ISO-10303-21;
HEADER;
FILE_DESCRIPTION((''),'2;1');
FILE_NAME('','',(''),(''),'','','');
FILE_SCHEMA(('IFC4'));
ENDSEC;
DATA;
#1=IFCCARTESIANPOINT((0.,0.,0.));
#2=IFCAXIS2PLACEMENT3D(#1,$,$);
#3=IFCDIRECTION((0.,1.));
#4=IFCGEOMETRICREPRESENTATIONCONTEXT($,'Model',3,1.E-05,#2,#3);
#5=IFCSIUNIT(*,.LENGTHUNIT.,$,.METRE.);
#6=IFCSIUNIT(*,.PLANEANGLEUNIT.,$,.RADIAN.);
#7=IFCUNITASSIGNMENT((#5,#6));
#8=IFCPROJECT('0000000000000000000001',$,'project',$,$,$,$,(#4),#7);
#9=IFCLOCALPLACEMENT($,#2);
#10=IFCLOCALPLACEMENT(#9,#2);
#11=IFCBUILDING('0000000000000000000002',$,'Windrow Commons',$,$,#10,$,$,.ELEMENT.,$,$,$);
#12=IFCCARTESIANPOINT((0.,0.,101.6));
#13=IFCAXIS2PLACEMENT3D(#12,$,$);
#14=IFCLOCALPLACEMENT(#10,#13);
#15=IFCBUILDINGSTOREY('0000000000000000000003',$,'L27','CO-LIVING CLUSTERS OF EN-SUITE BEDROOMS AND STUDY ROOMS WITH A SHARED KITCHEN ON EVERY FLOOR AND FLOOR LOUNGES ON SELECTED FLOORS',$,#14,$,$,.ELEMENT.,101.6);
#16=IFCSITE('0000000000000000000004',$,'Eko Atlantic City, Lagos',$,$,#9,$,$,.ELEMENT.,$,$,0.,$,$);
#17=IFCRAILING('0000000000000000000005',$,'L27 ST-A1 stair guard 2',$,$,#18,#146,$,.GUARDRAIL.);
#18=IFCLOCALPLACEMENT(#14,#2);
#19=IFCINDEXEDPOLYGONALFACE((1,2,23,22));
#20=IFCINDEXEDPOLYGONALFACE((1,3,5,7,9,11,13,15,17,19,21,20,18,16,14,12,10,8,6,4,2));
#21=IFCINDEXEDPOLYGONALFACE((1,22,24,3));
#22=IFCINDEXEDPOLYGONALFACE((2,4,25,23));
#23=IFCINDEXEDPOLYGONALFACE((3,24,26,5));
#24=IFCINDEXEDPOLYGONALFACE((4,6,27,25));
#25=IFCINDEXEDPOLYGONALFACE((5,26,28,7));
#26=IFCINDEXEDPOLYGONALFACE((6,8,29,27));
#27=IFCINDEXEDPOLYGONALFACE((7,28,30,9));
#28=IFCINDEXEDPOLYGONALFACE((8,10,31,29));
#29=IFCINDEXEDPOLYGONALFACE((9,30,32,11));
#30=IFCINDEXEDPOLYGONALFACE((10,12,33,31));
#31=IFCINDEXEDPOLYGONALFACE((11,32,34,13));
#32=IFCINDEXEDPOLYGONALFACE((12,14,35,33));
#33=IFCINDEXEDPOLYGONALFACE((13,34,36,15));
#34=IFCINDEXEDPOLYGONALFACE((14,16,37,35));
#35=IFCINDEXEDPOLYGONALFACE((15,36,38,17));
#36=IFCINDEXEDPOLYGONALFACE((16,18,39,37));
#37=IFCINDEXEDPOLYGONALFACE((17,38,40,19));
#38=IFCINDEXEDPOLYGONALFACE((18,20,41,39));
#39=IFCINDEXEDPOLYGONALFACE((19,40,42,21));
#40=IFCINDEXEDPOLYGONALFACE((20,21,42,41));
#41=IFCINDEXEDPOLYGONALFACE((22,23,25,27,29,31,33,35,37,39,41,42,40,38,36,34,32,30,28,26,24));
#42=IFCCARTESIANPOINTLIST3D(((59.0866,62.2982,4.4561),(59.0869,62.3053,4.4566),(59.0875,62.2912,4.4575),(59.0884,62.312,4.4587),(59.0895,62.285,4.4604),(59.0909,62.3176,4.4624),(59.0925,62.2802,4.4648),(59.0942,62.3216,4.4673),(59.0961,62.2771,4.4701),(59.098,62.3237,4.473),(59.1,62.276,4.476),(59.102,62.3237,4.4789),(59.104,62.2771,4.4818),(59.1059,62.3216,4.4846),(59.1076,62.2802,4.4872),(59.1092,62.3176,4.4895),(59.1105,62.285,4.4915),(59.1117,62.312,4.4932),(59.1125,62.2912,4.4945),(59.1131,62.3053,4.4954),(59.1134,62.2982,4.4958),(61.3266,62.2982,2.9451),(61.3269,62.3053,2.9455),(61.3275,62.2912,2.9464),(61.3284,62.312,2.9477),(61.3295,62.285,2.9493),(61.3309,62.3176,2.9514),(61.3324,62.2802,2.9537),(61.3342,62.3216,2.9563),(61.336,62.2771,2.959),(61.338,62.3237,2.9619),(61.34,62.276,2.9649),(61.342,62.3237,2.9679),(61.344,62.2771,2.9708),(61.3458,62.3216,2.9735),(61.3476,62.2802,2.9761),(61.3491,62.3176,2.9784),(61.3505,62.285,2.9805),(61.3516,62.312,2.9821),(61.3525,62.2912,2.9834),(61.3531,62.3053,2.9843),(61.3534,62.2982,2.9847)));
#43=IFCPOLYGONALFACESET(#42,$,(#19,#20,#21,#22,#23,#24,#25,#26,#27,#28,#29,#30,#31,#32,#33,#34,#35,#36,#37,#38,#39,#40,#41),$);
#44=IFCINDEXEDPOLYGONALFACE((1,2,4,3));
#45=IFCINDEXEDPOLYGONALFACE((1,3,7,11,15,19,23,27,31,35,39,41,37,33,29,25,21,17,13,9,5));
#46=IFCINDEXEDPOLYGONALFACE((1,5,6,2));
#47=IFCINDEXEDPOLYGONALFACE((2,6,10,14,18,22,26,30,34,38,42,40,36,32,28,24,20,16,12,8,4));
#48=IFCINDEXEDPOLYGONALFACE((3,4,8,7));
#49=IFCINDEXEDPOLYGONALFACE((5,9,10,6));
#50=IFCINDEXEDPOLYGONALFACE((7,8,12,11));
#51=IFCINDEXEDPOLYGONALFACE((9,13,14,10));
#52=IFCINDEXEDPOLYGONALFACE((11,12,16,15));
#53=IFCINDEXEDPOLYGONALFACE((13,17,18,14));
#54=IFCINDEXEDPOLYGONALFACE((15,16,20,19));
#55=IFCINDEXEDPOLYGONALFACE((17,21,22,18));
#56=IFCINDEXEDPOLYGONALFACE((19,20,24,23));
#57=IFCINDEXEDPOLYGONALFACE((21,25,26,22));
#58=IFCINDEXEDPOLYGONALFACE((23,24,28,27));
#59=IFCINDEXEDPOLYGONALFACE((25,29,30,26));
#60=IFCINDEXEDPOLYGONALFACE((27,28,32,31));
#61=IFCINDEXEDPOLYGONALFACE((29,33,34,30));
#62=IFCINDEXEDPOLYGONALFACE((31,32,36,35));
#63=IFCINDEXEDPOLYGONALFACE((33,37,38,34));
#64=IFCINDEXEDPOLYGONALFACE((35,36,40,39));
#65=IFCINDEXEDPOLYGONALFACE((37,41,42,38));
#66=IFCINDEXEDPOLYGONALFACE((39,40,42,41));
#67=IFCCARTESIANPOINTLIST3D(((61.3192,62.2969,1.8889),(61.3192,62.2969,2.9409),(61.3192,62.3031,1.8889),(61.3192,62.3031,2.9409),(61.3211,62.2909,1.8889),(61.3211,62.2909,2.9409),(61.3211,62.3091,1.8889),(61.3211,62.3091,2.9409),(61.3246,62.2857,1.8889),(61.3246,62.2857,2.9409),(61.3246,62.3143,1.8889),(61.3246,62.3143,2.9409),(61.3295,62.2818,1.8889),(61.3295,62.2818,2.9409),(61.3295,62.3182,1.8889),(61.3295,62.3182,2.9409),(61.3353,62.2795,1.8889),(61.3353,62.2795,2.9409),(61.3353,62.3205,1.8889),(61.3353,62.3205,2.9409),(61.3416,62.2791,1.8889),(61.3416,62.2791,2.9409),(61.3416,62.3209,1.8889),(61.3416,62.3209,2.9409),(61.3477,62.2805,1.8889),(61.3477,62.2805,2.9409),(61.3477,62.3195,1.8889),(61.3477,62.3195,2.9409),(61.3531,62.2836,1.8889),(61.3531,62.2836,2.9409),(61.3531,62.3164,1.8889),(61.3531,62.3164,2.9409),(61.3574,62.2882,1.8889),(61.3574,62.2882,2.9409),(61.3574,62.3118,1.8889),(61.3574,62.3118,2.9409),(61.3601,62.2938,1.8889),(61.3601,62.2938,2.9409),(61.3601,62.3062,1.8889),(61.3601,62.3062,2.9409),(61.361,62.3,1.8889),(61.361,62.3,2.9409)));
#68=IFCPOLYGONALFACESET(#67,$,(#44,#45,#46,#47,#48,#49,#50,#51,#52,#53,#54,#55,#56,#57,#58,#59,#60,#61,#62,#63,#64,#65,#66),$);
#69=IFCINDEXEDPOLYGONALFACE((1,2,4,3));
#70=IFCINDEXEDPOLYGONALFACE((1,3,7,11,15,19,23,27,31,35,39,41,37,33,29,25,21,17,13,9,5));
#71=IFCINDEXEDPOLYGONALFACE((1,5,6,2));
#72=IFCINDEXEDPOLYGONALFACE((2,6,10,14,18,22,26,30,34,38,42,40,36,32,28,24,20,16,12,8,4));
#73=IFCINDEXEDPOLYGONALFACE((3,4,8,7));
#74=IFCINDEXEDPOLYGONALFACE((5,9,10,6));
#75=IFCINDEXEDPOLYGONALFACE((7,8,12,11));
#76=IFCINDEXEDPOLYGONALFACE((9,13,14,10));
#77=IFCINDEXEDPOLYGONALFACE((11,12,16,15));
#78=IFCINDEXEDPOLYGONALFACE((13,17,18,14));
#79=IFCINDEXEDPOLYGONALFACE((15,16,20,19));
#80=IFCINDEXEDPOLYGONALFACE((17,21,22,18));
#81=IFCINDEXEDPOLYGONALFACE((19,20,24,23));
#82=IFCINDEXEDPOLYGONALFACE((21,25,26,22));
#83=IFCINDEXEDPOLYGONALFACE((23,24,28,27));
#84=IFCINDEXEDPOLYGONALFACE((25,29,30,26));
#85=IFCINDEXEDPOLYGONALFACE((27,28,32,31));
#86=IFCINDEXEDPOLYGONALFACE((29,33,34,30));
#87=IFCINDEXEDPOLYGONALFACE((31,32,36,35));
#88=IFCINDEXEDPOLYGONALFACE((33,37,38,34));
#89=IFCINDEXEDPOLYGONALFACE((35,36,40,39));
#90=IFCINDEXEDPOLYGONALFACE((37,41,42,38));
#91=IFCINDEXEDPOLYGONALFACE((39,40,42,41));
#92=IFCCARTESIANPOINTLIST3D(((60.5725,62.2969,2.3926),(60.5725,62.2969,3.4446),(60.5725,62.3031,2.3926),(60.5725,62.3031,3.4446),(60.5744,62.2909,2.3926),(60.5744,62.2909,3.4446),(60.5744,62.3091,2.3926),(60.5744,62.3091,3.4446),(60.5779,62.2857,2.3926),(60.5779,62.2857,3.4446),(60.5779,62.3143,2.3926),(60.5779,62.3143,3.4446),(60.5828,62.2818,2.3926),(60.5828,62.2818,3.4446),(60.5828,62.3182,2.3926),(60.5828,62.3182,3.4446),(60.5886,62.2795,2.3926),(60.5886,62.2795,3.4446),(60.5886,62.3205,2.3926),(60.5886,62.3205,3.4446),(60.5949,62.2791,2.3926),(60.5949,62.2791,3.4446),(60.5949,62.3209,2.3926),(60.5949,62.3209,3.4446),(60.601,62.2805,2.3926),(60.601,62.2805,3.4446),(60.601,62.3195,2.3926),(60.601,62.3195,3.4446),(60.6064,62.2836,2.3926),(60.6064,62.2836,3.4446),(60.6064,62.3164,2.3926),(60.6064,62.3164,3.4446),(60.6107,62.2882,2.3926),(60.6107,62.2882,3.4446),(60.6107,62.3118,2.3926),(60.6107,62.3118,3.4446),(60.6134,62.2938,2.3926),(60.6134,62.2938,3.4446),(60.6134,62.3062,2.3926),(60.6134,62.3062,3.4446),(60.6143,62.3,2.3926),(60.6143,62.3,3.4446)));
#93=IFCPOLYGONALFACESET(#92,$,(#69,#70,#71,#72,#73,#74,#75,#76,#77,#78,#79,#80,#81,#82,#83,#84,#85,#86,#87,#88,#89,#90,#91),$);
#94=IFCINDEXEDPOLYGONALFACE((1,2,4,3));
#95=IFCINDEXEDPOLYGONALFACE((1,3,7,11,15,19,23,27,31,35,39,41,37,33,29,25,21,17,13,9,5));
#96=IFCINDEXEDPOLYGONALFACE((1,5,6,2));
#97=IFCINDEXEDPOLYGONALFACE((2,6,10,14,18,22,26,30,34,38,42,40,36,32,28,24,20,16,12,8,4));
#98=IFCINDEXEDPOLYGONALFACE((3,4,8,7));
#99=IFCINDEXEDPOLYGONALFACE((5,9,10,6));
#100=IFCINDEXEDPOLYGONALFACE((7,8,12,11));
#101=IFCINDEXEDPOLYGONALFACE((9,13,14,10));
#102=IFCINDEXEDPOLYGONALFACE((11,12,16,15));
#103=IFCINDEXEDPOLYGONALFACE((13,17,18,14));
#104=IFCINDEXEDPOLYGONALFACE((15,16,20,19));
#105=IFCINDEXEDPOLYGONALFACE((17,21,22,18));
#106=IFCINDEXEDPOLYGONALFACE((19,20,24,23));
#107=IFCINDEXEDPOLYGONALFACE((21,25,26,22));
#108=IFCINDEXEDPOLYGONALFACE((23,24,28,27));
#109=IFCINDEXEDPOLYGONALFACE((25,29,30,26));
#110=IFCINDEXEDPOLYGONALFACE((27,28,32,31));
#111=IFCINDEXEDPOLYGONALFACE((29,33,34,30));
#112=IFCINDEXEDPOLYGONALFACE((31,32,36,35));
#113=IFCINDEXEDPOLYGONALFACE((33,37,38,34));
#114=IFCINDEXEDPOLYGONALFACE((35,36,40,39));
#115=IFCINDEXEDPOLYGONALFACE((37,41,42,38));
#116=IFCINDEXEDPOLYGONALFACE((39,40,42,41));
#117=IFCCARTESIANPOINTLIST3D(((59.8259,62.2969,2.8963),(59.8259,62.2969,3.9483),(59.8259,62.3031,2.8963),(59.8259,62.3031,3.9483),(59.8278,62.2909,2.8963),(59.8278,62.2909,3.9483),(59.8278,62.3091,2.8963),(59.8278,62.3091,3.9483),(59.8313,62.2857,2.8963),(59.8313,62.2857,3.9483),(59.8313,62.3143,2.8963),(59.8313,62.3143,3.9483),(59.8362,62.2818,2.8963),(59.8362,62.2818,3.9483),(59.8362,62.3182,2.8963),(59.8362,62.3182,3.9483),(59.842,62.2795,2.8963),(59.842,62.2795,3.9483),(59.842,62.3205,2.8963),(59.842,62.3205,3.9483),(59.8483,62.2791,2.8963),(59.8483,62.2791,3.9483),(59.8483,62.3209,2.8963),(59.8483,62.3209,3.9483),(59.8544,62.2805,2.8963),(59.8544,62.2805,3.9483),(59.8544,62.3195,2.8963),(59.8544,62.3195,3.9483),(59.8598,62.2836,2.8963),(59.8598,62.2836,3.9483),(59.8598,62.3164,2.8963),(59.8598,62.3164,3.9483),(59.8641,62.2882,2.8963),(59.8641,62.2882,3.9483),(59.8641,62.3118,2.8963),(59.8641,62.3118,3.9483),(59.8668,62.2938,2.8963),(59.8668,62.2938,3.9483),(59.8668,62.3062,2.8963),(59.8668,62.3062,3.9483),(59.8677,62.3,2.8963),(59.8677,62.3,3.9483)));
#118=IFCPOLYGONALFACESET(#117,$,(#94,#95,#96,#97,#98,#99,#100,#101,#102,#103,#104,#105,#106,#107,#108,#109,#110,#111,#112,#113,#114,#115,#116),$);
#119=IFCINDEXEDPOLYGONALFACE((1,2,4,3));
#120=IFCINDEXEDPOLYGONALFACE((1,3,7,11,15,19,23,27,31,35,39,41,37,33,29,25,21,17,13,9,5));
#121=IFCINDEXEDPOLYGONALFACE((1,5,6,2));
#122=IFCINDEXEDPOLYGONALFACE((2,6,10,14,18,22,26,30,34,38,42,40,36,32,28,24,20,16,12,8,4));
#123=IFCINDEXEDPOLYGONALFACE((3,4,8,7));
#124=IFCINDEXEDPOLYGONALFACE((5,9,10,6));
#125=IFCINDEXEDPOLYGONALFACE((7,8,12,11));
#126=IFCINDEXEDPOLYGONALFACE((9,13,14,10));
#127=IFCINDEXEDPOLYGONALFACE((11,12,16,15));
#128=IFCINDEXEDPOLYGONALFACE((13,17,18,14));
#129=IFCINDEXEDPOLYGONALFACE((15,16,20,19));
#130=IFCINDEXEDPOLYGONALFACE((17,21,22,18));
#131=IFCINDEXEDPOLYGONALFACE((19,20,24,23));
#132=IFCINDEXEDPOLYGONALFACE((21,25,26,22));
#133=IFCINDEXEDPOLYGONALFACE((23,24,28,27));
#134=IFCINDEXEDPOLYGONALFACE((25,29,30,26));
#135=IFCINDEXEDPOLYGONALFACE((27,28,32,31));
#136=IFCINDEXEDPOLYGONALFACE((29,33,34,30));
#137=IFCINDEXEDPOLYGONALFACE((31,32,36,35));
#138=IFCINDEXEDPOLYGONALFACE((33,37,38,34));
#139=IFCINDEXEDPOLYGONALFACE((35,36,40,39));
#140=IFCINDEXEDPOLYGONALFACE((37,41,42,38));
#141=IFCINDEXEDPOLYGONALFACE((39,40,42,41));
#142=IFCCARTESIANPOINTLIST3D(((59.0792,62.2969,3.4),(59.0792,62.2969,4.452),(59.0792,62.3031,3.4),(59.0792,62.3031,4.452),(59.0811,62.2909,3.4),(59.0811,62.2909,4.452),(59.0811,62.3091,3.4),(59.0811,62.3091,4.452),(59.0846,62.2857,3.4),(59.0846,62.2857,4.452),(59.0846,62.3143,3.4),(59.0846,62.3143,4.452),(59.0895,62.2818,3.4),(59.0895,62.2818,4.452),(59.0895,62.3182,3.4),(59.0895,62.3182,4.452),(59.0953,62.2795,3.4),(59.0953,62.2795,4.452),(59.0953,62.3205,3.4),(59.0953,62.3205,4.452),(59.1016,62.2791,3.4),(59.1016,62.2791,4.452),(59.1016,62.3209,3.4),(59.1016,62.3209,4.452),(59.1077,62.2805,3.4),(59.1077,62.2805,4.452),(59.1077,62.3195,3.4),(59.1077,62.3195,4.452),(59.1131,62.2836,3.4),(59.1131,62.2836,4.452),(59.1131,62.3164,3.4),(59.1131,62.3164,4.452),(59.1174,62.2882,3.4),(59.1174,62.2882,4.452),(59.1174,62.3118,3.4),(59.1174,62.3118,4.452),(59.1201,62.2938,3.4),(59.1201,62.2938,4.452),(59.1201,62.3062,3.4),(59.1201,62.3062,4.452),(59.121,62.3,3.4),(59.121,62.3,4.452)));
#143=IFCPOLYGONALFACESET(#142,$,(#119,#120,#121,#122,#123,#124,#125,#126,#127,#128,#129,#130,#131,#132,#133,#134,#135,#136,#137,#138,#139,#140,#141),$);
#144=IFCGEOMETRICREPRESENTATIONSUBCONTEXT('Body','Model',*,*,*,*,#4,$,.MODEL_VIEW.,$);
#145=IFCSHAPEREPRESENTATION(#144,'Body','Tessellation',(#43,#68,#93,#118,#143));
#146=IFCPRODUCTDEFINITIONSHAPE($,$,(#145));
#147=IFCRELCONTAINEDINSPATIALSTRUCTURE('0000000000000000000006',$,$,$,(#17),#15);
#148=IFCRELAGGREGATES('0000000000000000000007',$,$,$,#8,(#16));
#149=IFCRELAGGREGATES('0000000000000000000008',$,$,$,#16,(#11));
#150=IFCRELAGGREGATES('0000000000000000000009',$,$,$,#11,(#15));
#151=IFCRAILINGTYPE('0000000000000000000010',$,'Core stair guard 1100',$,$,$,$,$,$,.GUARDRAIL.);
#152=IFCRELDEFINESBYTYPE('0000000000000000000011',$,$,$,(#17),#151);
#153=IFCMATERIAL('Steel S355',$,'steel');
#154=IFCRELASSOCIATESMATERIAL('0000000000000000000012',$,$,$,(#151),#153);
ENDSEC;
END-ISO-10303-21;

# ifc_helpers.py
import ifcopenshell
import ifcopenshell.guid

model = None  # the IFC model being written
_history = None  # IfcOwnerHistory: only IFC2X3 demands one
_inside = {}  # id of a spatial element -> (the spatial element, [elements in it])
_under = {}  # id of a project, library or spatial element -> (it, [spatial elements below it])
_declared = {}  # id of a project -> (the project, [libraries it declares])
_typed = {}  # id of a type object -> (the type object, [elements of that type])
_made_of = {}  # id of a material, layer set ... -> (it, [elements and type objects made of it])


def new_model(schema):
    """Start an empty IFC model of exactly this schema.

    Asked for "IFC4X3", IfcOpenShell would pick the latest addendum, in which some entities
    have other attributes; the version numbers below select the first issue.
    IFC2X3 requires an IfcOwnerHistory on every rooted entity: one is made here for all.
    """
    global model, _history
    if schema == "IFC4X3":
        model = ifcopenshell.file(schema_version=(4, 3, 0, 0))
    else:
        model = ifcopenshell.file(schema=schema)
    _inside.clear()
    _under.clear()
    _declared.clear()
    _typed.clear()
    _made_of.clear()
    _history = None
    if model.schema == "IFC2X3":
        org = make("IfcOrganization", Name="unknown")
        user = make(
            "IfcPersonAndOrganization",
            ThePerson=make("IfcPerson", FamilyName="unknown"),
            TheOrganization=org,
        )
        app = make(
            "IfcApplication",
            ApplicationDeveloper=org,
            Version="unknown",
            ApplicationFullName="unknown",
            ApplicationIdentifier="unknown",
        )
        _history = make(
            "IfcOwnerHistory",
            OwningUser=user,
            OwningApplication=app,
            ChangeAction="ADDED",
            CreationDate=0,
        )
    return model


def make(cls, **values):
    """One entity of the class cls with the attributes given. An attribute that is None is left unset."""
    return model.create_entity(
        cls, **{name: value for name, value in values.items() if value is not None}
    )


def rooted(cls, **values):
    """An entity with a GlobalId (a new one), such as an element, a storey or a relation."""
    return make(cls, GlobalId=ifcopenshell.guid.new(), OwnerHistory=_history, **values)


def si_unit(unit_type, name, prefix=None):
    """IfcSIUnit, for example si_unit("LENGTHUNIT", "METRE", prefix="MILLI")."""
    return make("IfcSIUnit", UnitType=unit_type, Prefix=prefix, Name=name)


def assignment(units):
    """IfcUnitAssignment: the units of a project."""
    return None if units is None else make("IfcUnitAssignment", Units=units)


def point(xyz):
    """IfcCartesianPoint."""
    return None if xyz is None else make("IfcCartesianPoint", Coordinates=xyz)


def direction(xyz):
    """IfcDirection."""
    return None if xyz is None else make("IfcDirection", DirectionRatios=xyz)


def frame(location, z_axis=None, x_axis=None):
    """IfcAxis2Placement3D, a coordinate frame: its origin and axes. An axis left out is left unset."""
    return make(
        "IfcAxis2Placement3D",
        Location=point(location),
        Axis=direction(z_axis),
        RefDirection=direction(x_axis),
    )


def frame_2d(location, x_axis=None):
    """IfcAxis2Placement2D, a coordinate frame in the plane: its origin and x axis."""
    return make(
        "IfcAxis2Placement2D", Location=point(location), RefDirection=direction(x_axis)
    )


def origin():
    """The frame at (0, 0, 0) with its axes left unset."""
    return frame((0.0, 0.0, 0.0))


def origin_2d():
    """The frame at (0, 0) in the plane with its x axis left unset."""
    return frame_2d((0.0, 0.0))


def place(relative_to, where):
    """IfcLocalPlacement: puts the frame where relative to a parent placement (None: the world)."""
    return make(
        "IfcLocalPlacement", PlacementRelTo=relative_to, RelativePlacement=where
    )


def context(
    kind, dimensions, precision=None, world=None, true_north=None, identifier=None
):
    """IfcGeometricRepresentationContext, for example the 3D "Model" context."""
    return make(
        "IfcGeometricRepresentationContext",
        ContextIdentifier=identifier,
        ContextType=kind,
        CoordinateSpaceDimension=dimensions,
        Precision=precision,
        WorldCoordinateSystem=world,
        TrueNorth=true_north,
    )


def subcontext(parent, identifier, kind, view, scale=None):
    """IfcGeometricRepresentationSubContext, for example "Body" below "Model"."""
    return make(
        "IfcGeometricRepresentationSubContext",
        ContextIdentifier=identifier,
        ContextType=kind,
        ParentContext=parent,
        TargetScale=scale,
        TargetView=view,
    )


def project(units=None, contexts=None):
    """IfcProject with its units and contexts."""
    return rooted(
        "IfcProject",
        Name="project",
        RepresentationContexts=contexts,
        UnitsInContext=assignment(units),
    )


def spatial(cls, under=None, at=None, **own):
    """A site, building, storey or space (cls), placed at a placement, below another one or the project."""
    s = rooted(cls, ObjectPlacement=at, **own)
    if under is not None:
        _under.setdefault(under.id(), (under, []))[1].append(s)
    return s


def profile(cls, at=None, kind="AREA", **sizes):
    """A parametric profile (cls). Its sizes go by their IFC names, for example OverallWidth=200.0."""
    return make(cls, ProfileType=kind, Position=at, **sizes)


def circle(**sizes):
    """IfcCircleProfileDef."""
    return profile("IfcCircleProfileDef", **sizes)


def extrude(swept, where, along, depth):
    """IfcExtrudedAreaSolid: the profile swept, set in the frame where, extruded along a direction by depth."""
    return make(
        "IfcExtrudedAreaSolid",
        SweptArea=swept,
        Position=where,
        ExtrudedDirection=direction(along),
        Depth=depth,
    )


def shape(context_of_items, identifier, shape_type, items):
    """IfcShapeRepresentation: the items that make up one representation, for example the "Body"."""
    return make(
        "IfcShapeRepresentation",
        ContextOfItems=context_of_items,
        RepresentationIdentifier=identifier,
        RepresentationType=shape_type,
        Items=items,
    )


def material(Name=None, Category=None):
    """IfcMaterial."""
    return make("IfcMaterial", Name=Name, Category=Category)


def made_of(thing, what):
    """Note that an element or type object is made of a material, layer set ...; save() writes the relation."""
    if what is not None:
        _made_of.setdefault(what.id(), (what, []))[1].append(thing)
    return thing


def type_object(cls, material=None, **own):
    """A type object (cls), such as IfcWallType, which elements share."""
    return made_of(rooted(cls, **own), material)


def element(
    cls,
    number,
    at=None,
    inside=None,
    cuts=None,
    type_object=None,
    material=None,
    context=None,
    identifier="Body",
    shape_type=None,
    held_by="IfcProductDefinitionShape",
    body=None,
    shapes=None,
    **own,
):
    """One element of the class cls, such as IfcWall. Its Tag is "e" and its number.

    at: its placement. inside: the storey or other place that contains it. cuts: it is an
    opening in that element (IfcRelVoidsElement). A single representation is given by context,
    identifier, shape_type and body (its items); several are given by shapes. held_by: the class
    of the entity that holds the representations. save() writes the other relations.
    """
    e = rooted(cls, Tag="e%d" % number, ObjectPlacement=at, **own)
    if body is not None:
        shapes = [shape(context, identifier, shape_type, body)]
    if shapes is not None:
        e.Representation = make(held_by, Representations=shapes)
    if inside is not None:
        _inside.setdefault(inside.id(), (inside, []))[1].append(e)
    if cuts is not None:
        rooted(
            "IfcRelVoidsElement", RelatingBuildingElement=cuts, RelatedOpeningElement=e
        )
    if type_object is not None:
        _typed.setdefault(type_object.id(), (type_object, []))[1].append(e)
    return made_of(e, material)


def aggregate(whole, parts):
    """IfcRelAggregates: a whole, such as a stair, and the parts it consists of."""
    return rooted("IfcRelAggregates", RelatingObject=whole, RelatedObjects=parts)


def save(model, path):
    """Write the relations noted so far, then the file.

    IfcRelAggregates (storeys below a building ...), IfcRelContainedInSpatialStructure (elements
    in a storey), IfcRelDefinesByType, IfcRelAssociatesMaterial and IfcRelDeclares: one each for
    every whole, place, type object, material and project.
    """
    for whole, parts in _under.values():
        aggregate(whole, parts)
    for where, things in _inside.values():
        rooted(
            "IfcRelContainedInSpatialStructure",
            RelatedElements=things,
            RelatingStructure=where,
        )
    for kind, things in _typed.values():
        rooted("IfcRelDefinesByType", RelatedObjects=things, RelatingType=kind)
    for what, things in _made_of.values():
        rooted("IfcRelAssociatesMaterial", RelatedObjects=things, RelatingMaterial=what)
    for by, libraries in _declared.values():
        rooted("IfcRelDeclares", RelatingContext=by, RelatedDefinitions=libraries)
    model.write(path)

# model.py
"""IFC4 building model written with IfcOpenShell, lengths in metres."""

from ifc_helpers import new_model, si_unit, direction, frame, origin, origin_2d, place, context, subcontext, project, spatial, circle, extrude, material, type_object, element, save


model = new_model("IFC4")

# Units and contexts
model_context = context("Model", 3, precision=1e-05, world=origin(), true_north=direction((0.0, 1.0)))
body_context = subcontext(model_context, "Body", "Model", "MODEL_VIEW")
ifc_project = project(units=[si_unit("LENGTHUNIT", "METRE"), si_unit("PLANEANGLEUNIT", "RADIAN")], contexts=[model_context])

# Site, building, storey
site_placement = place(None, origin())
site = spatial("IfcSite", under=ifc_project, at=site_placement, Name="Eko Atlantic City, Lagos", CompositionType="ELEMENT", RefElevation=0.0)
building_placement = place(site_placement, origin())
building = spatial("IfcBuilding", under=site, at=building_placement, Name="Windrow Commons", CompositionType="ELEMENT")
storey_placement = place(building_placement, frame((0.0, 0.0, 101.6)))
storey = spatial("IfcBuildingStorey", under=building, at=storey_placement, Name="L27", Description="CO-LIVING CLUSTERS OF EN-SUITE BEDROOMS AND STUDY ROOMS WITH A SHARED KITCHEN ON EVERY FLOOR AND FLOOR LOUNGES ON SELECTED FLOORS", CompositionType="ELEMENT", Elevation=101.6)

# Railing
ifc_material_1 = material(Name="Steel S355", Category="steel")
railing_type_1 = type_object("IfcRailingType", Name="Core stair guard 1100", PredefinedType="GUARDRAIL", material=ifc_material_1)
for number, where, name in (
    (1, (61.34, 62.3, 1.8889), "L27 ST-A1 stair guard 2"),
):
    element("IfcRailing", number, at=place(storey_placement, frame(where)), inside=storey, type_object=railing_type_1, Name=name, PredefinedType="GUARDRAIL", context=body_context, shape_type="SweptSolid", body=[
        extrude(circle(Radius=0.024, at=origin_2d()), frame((0.0, 0.0, 1.076), z_axis=(-0.829003, 0.0, 0.559244), x_axis=(0.0, -1.0, 0.0)), (0.0, 0.0, 1.0), 2.702),
        extrude(circle(Radius=0.021, at=origin_2d()), origin(), (0.0, 0.0, 1.0), 1.052),
        extrude(circle(Radius=0.021, at=origin_2d()), frame((-0.7467, 0.0, 0.5037)), (0.0, 0.0, 1.0), 1.052),
        extrude(circle(Radius=0.021, at=origin_2d()), frame((-1.4933, 0.0, 1.0074)), (0.0, 0.0, 1.0), 1.052),
        extrude(circle(Radius=0.021, at=origin_2d()), frame((-2.24, 0.0, 1.5111)), (0.0, 0.0, 1.0), 1.052),
    ])

save(model, "model.ifc")
